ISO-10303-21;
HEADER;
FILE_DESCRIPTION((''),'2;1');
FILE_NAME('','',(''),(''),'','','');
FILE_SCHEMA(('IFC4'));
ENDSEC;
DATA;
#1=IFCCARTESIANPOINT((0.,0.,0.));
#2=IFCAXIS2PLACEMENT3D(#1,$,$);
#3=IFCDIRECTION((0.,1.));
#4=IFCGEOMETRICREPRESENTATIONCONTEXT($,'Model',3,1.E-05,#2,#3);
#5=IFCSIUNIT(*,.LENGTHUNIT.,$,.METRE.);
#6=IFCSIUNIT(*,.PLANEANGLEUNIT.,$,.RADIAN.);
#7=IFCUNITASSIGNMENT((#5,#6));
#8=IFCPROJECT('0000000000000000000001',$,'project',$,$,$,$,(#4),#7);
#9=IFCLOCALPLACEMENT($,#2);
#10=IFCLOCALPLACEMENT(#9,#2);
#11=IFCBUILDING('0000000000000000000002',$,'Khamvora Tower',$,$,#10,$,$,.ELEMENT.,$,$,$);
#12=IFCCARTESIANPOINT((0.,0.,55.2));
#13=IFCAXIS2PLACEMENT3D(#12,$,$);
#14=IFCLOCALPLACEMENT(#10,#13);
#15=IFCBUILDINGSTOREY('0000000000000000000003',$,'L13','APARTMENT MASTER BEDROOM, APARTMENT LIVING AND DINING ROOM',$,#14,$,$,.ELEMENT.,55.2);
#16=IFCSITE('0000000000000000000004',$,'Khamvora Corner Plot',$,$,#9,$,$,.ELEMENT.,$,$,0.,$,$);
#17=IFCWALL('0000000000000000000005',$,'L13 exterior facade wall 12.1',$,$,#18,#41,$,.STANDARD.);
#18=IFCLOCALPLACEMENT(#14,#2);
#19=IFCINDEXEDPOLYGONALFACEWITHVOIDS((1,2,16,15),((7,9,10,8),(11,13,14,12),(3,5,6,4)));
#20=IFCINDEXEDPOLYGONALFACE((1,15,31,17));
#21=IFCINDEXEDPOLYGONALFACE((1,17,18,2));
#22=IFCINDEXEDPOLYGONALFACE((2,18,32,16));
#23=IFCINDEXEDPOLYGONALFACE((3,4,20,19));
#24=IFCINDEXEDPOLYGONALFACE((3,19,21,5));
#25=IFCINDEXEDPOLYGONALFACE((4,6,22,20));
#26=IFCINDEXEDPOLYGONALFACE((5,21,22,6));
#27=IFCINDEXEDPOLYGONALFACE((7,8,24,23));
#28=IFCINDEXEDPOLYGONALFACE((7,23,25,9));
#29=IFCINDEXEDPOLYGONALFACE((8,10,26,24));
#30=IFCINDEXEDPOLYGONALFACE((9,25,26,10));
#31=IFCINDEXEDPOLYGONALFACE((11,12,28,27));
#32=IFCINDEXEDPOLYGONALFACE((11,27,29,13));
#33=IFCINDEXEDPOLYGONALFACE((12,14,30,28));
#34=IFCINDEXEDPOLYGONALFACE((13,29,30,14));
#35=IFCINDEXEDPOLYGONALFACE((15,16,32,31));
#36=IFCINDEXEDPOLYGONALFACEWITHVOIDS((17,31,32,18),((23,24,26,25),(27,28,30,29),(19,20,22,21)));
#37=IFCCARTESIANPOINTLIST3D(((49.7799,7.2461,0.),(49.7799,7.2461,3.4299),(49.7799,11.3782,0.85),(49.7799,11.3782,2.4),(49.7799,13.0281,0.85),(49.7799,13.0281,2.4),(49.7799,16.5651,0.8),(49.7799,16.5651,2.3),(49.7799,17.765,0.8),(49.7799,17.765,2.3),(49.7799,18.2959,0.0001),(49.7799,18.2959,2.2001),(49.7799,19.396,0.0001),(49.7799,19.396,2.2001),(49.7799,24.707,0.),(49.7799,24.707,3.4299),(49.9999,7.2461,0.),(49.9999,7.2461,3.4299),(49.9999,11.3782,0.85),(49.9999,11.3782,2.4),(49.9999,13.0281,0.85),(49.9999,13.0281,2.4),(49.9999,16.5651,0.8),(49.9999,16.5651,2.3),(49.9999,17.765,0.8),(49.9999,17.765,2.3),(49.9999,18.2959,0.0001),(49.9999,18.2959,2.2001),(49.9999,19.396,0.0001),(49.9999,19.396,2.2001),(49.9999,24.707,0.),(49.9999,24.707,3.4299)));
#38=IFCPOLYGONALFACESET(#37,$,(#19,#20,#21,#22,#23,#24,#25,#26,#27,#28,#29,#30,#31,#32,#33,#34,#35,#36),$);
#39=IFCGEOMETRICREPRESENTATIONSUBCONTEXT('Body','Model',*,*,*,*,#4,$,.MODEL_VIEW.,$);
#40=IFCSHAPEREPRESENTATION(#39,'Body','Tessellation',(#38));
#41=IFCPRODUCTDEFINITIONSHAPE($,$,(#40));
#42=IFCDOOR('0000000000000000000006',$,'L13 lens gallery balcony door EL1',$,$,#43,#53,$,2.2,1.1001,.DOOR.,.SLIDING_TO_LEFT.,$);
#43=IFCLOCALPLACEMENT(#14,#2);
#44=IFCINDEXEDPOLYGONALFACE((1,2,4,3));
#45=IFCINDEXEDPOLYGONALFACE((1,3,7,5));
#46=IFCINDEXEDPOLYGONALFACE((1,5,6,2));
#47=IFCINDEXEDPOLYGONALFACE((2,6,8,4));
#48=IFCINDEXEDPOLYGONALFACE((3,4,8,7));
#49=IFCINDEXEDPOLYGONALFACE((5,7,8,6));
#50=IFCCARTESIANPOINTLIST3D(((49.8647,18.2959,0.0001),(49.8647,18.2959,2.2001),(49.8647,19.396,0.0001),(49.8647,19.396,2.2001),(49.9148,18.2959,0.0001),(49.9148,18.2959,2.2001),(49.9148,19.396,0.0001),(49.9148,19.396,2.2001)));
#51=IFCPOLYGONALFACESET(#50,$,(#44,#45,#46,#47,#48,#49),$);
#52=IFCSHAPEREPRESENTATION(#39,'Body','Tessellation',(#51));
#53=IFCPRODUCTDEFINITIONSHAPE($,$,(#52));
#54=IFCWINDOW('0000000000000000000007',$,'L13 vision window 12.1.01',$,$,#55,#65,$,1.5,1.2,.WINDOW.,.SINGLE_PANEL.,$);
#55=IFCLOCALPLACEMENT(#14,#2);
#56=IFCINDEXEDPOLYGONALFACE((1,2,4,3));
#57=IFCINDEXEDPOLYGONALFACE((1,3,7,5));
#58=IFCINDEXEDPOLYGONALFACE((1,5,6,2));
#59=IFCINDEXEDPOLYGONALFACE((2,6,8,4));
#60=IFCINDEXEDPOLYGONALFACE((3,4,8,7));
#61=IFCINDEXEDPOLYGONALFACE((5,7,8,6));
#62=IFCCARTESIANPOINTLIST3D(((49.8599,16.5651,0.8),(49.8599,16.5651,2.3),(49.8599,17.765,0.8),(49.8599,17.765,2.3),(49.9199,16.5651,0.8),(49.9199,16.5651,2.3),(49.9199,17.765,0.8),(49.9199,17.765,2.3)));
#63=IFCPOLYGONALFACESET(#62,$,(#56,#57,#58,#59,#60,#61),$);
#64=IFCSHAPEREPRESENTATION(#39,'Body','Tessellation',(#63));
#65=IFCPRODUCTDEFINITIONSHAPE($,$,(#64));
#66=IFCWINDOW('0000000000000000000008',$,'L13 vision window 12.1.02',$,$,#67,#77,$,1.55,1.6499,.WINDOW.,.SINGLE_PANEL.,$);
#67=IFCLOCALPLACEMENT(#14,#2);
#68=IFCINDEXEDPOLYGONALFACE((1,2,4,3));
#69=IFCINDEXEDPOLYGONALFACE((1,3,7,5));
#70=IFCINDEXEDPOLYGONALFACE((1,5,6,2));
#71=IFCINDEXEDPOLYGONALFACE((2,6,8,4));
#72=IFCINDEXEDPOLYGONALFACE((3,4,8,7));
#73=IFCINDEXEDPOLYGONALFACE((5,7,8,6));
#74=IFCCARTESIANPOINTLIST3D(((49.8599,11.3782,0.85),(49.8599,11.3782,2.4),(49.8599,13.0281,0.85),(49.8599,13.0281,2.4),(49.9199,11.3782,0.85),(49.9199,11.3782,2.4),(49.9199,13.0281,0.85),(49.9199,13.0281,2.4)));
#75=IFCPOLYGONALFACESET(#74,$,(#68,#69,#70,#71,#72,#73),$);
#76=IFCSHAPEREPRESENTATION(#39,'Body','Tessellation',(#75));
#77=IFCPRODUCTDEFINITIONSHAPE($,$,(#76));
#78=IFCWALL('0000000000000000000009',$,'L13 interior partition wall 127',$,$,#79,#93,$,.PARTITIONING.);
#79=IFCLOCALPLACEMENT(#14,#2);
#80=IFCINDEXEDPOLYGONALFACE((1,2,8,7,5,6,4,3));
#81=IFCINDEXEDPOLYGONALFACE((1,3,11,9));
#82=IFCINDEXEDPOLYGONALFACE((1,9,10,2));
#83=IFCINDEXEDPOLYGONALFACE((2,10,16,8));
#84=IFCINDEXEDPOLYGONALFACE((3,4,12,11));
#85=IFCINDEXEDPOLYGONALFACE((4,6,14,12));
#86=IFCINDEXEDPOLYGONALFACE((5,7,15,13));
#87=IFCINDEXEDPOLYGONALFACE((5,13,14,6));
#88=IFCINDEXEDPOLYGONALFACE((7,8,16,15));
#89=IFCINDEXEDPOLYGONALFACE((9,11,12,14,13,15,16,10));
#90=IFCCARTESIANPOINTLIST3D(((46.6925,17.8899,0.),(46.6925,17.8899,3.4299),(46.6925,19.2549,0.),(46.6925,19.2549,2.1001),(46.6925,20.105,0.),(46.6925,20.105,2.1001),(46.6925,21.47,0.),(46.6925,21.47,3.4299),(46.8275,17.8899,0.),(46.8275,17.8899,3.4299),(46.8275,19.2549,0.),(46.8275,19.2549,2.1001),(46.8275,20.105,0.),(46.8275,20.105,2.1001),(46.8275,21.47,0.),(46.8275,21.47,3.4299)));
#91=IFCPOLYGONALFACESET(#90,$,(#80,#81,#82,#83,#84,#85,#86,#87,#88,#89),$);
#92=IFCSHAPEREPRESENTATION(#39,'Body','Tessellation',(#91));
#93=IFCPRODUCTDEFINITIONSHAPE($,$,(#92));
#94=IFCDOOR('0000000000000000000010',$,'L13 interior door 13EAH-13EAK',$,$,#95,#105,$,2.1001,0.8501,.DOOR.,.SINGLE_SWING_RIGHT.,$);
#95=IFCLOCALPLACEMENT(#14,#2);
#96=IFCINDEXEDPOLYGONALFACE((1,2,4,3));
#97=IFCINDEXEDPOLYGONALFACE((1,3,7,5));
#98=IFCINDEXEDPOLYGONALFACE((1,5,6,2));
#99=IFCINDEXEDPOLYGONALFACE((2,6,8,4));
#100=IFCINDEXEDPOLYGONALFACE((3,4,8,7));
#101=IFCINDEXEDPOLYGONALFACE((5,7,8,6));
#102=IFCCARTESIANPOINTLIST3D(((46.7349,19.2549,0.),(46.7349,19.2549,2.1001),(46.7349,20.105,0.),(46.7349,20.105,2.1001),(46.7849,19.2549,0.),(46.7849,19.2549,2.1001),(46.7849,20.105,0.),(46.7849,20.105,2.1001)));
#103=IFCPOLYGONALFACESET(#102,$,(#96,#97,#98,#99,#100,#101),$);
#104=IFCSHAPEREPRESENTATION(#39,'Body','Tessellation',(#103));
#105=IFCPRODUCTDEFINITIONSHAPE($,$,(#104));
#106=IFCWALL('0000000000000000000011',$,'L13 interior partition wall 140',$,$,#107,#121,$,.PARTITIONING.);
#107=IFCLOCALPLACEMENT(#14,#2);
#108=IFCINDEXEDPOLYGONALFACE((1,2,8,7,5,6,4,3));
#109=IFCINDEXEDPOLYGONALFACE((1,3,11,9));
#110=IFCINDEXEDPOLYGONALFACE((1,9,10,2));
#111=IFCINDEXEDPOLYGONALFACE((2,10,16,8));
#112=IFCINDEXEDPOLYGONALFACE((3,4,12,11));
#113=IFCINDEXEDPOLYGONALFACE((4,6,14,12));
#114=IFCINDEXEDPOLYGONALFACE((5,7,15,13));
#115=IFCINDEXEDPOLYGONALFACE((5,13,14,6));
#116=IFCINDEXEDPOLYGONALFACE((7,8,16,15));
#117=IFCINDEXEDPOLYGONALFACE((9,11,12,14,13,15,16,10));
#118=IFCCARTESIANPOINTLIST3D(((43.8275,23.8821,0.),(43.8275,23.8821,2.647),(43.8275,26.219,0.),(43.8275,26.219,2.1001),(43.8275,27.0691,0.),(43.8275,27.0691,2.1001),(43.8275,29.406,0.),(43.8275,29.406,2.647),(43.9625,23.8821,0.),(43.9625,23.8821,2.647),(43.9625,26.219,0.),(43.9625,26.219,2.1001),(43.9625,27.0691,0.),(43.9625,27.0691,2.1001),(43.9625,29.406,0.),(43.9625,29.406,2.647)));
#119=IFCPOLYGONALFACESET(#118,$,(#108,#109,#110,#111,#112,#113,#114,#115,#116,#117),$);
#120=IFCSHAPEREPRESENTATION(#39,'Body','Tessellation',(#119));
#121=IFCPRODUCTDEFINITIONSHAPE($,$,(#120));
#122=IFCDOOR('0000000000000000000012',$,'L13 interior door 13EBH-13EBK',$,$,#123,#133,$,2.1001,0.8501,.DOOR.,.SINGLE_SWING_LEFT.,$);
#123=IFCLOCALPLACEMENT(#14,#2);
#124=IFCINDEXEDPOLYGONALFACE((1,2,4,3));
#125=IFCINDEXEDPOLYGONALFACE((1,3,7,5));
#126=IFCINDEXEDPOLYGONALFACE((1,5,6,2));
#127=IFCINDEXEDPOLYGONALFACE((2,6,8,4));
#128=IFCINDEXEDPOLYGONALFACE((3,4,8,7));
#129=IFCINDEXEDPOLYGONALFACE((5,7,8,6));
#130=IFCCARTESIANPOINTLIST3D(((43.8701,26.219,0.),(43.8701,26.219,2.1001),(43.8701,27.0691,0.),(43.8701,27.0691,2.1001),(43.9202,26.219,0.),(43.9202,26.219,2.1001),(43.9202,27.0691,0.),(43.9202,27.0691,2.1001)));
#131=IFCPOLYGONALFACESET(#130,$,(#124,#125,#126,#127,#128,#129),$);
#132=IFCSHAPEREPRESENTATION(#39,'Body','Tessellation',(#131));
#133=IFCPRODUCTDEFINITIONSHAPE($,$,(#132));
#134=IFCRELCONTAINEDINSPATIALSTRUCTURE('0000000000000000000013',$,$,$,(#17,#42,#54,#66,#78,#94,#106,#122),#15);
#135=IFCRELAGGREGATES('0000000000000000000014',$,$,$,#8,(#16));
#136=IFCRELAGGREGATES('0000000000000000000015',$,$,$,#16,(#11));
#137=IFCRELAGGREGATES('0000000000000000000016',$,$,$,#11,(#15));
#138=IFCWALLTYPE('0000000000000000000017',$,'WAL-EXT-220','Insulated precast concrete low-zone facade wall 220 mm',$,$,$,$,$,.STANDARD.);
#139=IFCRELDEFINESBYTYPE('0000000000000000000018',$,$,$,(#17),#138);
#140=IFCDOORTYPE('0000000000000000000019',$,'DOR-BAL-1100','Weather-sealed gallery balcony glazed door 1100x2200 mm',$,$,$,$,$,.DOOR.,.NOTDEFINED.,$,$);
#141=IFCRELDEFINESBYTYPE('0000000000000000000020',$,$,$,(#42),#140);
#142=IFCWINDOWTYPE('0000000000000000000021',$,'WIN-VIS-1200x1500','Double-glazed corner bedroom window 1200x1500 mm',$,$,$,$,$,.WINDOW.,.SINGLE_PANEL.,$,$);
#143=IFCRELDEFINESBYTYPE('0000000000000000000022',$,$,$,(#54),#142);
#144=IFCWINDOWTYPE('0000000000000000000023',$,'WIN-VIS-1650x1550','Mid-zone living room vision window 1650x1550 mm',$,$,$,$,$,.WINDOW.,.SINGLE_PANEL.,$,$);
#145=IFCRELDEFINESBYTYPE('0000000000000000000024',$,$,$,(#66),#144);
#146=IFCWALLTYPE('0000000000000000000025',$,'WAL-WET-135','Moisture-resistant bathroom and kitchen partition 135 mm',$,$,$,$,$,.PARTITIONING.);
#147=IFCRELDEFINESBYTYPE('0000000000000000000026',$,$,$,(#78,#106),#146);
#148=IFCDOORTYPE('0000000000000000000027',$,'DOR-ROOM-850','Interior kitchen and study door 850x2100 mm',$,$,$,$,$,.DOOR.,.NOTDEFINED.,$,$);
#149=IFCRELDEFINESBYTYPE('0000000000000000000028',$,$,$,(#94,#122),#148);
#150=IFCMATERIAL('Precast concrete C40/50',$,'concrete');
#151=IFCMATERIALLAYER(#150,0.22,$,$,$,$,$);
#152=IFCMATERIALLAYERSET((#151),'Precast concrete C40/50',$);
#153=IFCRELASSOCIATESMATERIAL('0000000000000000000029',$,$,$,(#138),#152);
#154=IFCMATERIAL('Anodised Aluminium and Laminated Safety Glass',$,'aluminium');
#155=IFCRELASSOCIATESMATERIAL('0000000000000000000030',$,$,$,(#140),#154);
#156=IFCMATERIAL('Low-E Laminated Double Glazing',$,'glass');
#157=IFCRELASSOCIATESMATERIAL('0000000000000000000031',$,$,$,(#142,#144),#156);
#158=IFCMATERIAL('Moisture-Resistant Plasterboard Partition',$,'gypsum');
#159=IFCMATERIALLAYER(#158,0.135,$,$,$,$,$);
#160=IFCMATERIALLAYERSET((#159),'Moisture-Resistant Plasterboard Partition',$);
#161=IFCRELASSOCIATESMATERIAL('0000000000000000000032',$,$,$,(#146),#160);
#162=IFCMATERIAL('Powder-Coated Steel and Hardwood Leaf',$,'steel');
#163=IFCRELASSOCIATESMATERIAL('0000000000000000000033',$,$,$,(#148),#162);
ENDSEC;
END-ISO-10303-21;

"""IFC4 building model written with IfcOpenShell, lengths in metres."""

from ifc_helpers import new_model, si_unit, direction, frame, frame_2d, origin, place, context, subcontext, project, spatial, rectangle, extrude, material, layer, layer_set, type_object, element, fill, save


model = new_model("IFC4")

# Units and contexts
model_context = context("Model", 3, precision=1e-05, world=origin(), true_north=direction((0.0, 1.0)))
body_context = subcontext(model_context, "Body", "Model", "MODEL_VIEW")
ifc_project = project(units=[si_unit("LENGTHUNIT", "METRE"), si_unit("PLANEANGLEUNIT", "RADIAN")], contexts=[model_context])

# Site, building, storey
site_placement = place(None, origin())
site = spatial("IfcSite", under=ifc_project, at=site_placement, Name="Khamvora Corner Plot", CompositionType="ELEMENT", RefElevation=0.0)
building_placement = place(site_placement, origin())
building = spatial("IfcBuilding", under=site, at=building_placement, Name="Khamvora Tower", CompositionType="ELEMENT")
storey_placement = place(building_placement, frame((0.0, 0.0, 55.2)))
storey = spatial("IfcBuildingStorey", under=building, at=storey_placement, Name="L13", Description="APARTMENT MASTER BEDROOM, APARTMENT LIVING AND DINING ROOM", CompositionType="ELEMENT", Elevation=55.2)

# Shared definitions
ifc_material_1 = material(Name="Powder-Coated Steel and Hardwood Leaf", Category="steel")

# Shared definitions
ifc_material_2 = material(Name="Precast concrete C40/50", Category="concrete")
ifc_layer_1 = layer(ifc_material_2, 0.22)
ifc_layer_set_1 = layer_set([ifc_layer_1], Name="Precast concrete C40/50")
wall_type_1 = type_object("IfcWallType", Name="WAL-EXT-220", Description="Insulated precast concrete low-zone facade wall 220 mm", PredefinedType="STANDARD", material=ifc_layer_set_1)

# Wall, openings, door, windows
wall_1_placement = place(storey_placement, frame((49.8899, 24.707, 0.0), z_axis=(0.0, 0.0, 1.0), x_axis=(0.0, -1.0, 0.0)))
wall_1 = element("IfcWall", 1, at=wall_1_placement, inside=storey, type_object=wall_type_1, Name="L13 exterior facade wall 12.1", PredefinedType="STANDARD", context=body_context, shape_type="SweptSolid", body=[
    extrude(rectangle(XDim=17.4609, YDim=0.22, at=frame_2d((8.7305, 0.0))), origin(), (0.0, 0.0, 1.0), 3.4299),
])
opening_1_placement = place(wall_1_placement, frame((5.311, 0.0, 0.0)))
opening_1 = element("IfcOpeningElement", 2, at=opening_1_placement, cuts=wall_1, PredefinedType="OPENING", context=body_context, shape_type="SweptSolid", body=[
    extrude(rectangle(XDim=1.1001, YDim=2.2, at=frame_2d((0.55, 1.1001))), frame((0.0, 0.1199, 0.0), z_axis=(0.0, -1.0, 0.0), x_axis=(1.0, 0.0, 0.0)), (0.0, 0.0, 1.0), 0.24),
])
opening_2_placement = place(wall_1_placement, frame((6.9419, 0.0, 0.8)))
opening_2 = element("IfcOpeningElement", 3, at=opening_2_placement, cuts=wall_1, PredefinedType="OPENING", context=body_context, shape_type="SweptSolid", body=[
    extrude(rectangle(XDim=1.2, YDim=1.5, at=frame_2d((0.6001, 0.75))), frame((0.0, 0.1199, 0.0), z_axis=(0.0, -1.0, 0.0), x_axis=(1.0, 0.0, 0.0)), (0.0, 0.0, 1.0), 0.24),
])
opening_3_placement = place(wall_1_placement, frame((11.679, 0.0, 0.8501)))
opening_3 = element("IfcOpeningElement", 4, at=opening_3_placement, cuts=wall_1, PredefinedType="OPENING", context=body_context, shape_type="SweptSolid", body=[
    extrude(rectangle(XDim=1.6499, YDim=1.55, at=frame_2d((0.825, 0.7749))), frame((0.0, 0.1199, 0.0), z_axis=(0.0, -1.0, 0.0), x_axis=(1.0, 0.0, 0.0)), (0.0, 0.0, 1.0), 0.24),
])
ifc_material_3 = material(Name="Anodised Aluminium and Laminated Safety Glass", Category="aluminium")
door_type_1 = type_object("IfcDoorType", Name="DOR-BAL-1100", Description="Weather-sealed gallery balcony glazed door 1100x2200 mm", OperationType="NOTDEFINED", PredefinedType="DOOR", material=ifc_material_3)
door_1_placement = place(opening_1_placement, origin())
door_1 = element("IfcDoor", 5, at=door_1_placement, inside=storey, type_object=door_type_1, Name="L13 lens gallery balcony door EL1", OperationType="SLIDING_TO_LEFT", OverallHeight=2.2, OverallWidth=1.1001, PredefinedType="DOOR", context=body_context, shape_type="SweptSolid", body=[
    extrude(rectangle(XDim=1.1001, YDim=2.2, at=frame_2d((0.55, 1.1001))), frame((0.0, 0.0249, 0.0), z_axis=(0.0, -1.0, 0.0), x_axis=(1.0, 0.0, 0.0)), (0.0, 0.0, 1.0), 0.05),
])
fill(opening_1, door_1)
ifc_material_4 = material(Name="Low-E Laminated Double Glazing", Category="glass")
window_type_1 = type_object("IfcWindowType", Name="WIN-VIS-1200x1500", Description="Double-glazed corner bedroom window 1200x1500 mm", PartitioningType="SINGLE_PANEL", PredefinedType="WINDOW", material=ifc_material_4)
window_1_placement = place(opening_2_placement, origin())
window_1 = element("IfcWindow", 6, at=window_1_placement, inside=storey, type_object=window_type_1, Name="L13 vision window 12.1.01", OverallHeight=1.5, OverallWidth=1.2, PartitioningType="SINGLE_PANEL", PredefinedType="WINDOW", context=body_context, shape_type="SweptSolid", body=[
    extrude(rectangle(XDim=1.2, YDim=1.5, at=frame_2d((0.6001, 0.75))), frame((0.0, 0.03, 0.0), z_axis=(0.0, -1.0, 0.0), x_axis=(1.0, 0.0, 0.0)), (0.0, 0.0, 1.0), 0.0601),
])
fill(opening_2, window_1)
window_type_2 = type_object("IfcWindowType", Name="WIN-VIS-1650x1550", Description="Mid-zone living room vision window 1650x1550 mm", PartitioningType="SINGLE_PANEL", PredefinedType="WINDOW", material=ifc_material_4)
window_2_placement = place(opening_3_placement, origin())
window_2 = element("IfcWindow", 7, at=window_2_placement, inside=storey, type_object=window_type_2, Name="L13 vision window 12.1.02", OverallHeight=1.55, OverallWidth=1.6499, PartitioningType="SINGLE_PANEL", PredefinedType="WINDOW", context=body_context, shape_type="SweptSolid", body=[
    extrude(rectangle(XDim=1.6499, YDim=1.55, at=frame_2d((0.825, 0.7749))), frame((0.0, 0.03, 0.0), z_axis=(0.0, -1.0, 0.0), x_axis=(1.0, 0.0, 0.0)), (0.0, 0.0, 1.0), 0.0601),
])
fill(opening_3, window_2)

# Walls, openings, doors
ifc_material_5 = material(Name="Moisture-Resistant Plasterboard Partition", Category="gypsum")
ifc_layer_2 = layer(ifc_material_5, 0.135)
ifc_layer_set_2 = layer_set([ifc_layer_2], Name="Moisture-Resistant Plasterboard Partition")
wall_type_2 = type_object("IfcWallType", Name="WAL-WET-135", Description="Moisture-resistant bathroom and kitchen partition 135 mm", PredefinedType="PARTITIONING", material=ifc_layer_set_2)
wall_2_placement = place(storey_placement, frame((46.76, 21.47, 0.0), z_axis=(0.0, 0.0, 1.0), x_axis=(0.0, -1.0, 0.0)))
wall_2 = element("IfcWall", 8, at=wall_2_placement, inside=storey, type_object=wall_type_2, Name="L13 interior partition wall 127", PredefinedType="PARTITIONING", context=body_context, shape_type="SweptSolid", body=[
    extrude(rectangle(XDim=3.5801, YDim=0.135, at=frame_2d((1.79, 0.0))), origin(), (0.0, 0.0, 1.0), 3.4299),
])
opening_4_placement = place(wall_2_placement, frame((1.365, 0.0, 0.0)))
opening_4 = element("IfcOpeningElement", 9, at=opening_4_placement, cuts=wall_2, PredefinedType="OPENING", context=body_context, shape_type="SweptSolid", body=[
    extrude(rectangle(XDim=0.8501, YDim=2.1001, at=frame_2d((0.425, 1.05))), frame((0.0, 0.0774, 0.0), z_axis=(0.0, -1.0, 0.0), x_axis=(1.0, 0.0, 0.0)), (0.0, 0.0, 1.0), 0.155),
])
door_type_2 = type_object("IfcDoorType", Name="DOR-ROOM-850", Description="Interior kitchen and study door 850x2100 mm", OperationType="NOTDEFINED", PredefinedType="DOOR", material=ifc_material_1)
door_2_placement = place(opening_4_placement, origin())
door_2 = element("IfcDoor", 10, at=door_2_placement, inside=storey, type_object=door_type_2, Name="L13 interior door 13EAH-13EAK", OperationType="SINGLE_SWING_RIGHT", OverallHeight=2.1001, OverallWidth=0.8501, PredefinedType="DOOR", context=body_context, shape_type="SweptSolid", body=[
    extrude(rectangle(XDim=0.8501, YDim=2.1001, at=frame_2d((0.425, 1.05))), frame((0.0, 0.0249, 0.0), z_axis=(0.0, -1.0, 0.0), x_axis=(1.0, 0.0, 0.0)), (0.0, 0.0, 1.0), 0.05),
])
fill(opening_4, door_2)
wall_3_placement = place(storey_placement, frame((43.895, 23.8821, 0.0), z_axis=(0.0, 0.0, 1.0), x_axis=(0.0, 1.0, 0.0)))
wall_3 = element("IfcWall", 11, at=wall_3_placement, inside=storey, type_object=wall_type_2, Name="L13 interior partition wall 140", PredefinedType="PARTITIONING", context=body_context, shape_type="SweptSolid", body=[
    extrude(rectangle(XDim=5.5239, YDim=0.135, at=frame_2d((2.762, 0.0))), origin(), (0.0, 0.0, 1.0), 2.647),
])
opening_5_placement = place(wall_3_placement, frame((2.3369, 0.0, 0.0)))
opening_5 = element("IfcOpeningElement", 12, at=opening_5_placement, cuts=wall_3, PredefinedType="OPENING", context=body_context, shape_type="SweptSolid", body=[
    extrude(rectangle(XDim=0.8501, YDim=2.1001, at=frame_2d((0.425, 1.05))), frame((0.0, 0.0774, 0.0), z_axis=(0.0, -1.0, 0.0), x_axis=(1.0, 0.0, 0.0)), (0.0, 0.0, 1.0), 0.155),
])
door_3_placement = place(opening_5_placement, origin())
door_3 = element("IfcDoor", 13, at=door_3_placement, inside=storey, type_object=door_type_2, Name="L13 interior door 13EBH-13EBK", OperationType="SINGLE_SWING_LEFT", OverallHeight=2.1001, OverallWidth=0.8501, PredefinedType="DOOR", context=body_context, shape_type="SweptSolid", body=[
    extrude(rectangle(XDim=0.8501, YDim=2.1001, at=frame_2d((0.425, 1.05))), frame((0.0, 0.0249, 0.0), z_axis=(0.0, -1.0, 0.0), x_axis=(1.0, 0.0, 0.0)), (0.0, 0.0, 1.0), 0.05),
])
fill(opening_5, door_3)

save(model, "model.ifc")
